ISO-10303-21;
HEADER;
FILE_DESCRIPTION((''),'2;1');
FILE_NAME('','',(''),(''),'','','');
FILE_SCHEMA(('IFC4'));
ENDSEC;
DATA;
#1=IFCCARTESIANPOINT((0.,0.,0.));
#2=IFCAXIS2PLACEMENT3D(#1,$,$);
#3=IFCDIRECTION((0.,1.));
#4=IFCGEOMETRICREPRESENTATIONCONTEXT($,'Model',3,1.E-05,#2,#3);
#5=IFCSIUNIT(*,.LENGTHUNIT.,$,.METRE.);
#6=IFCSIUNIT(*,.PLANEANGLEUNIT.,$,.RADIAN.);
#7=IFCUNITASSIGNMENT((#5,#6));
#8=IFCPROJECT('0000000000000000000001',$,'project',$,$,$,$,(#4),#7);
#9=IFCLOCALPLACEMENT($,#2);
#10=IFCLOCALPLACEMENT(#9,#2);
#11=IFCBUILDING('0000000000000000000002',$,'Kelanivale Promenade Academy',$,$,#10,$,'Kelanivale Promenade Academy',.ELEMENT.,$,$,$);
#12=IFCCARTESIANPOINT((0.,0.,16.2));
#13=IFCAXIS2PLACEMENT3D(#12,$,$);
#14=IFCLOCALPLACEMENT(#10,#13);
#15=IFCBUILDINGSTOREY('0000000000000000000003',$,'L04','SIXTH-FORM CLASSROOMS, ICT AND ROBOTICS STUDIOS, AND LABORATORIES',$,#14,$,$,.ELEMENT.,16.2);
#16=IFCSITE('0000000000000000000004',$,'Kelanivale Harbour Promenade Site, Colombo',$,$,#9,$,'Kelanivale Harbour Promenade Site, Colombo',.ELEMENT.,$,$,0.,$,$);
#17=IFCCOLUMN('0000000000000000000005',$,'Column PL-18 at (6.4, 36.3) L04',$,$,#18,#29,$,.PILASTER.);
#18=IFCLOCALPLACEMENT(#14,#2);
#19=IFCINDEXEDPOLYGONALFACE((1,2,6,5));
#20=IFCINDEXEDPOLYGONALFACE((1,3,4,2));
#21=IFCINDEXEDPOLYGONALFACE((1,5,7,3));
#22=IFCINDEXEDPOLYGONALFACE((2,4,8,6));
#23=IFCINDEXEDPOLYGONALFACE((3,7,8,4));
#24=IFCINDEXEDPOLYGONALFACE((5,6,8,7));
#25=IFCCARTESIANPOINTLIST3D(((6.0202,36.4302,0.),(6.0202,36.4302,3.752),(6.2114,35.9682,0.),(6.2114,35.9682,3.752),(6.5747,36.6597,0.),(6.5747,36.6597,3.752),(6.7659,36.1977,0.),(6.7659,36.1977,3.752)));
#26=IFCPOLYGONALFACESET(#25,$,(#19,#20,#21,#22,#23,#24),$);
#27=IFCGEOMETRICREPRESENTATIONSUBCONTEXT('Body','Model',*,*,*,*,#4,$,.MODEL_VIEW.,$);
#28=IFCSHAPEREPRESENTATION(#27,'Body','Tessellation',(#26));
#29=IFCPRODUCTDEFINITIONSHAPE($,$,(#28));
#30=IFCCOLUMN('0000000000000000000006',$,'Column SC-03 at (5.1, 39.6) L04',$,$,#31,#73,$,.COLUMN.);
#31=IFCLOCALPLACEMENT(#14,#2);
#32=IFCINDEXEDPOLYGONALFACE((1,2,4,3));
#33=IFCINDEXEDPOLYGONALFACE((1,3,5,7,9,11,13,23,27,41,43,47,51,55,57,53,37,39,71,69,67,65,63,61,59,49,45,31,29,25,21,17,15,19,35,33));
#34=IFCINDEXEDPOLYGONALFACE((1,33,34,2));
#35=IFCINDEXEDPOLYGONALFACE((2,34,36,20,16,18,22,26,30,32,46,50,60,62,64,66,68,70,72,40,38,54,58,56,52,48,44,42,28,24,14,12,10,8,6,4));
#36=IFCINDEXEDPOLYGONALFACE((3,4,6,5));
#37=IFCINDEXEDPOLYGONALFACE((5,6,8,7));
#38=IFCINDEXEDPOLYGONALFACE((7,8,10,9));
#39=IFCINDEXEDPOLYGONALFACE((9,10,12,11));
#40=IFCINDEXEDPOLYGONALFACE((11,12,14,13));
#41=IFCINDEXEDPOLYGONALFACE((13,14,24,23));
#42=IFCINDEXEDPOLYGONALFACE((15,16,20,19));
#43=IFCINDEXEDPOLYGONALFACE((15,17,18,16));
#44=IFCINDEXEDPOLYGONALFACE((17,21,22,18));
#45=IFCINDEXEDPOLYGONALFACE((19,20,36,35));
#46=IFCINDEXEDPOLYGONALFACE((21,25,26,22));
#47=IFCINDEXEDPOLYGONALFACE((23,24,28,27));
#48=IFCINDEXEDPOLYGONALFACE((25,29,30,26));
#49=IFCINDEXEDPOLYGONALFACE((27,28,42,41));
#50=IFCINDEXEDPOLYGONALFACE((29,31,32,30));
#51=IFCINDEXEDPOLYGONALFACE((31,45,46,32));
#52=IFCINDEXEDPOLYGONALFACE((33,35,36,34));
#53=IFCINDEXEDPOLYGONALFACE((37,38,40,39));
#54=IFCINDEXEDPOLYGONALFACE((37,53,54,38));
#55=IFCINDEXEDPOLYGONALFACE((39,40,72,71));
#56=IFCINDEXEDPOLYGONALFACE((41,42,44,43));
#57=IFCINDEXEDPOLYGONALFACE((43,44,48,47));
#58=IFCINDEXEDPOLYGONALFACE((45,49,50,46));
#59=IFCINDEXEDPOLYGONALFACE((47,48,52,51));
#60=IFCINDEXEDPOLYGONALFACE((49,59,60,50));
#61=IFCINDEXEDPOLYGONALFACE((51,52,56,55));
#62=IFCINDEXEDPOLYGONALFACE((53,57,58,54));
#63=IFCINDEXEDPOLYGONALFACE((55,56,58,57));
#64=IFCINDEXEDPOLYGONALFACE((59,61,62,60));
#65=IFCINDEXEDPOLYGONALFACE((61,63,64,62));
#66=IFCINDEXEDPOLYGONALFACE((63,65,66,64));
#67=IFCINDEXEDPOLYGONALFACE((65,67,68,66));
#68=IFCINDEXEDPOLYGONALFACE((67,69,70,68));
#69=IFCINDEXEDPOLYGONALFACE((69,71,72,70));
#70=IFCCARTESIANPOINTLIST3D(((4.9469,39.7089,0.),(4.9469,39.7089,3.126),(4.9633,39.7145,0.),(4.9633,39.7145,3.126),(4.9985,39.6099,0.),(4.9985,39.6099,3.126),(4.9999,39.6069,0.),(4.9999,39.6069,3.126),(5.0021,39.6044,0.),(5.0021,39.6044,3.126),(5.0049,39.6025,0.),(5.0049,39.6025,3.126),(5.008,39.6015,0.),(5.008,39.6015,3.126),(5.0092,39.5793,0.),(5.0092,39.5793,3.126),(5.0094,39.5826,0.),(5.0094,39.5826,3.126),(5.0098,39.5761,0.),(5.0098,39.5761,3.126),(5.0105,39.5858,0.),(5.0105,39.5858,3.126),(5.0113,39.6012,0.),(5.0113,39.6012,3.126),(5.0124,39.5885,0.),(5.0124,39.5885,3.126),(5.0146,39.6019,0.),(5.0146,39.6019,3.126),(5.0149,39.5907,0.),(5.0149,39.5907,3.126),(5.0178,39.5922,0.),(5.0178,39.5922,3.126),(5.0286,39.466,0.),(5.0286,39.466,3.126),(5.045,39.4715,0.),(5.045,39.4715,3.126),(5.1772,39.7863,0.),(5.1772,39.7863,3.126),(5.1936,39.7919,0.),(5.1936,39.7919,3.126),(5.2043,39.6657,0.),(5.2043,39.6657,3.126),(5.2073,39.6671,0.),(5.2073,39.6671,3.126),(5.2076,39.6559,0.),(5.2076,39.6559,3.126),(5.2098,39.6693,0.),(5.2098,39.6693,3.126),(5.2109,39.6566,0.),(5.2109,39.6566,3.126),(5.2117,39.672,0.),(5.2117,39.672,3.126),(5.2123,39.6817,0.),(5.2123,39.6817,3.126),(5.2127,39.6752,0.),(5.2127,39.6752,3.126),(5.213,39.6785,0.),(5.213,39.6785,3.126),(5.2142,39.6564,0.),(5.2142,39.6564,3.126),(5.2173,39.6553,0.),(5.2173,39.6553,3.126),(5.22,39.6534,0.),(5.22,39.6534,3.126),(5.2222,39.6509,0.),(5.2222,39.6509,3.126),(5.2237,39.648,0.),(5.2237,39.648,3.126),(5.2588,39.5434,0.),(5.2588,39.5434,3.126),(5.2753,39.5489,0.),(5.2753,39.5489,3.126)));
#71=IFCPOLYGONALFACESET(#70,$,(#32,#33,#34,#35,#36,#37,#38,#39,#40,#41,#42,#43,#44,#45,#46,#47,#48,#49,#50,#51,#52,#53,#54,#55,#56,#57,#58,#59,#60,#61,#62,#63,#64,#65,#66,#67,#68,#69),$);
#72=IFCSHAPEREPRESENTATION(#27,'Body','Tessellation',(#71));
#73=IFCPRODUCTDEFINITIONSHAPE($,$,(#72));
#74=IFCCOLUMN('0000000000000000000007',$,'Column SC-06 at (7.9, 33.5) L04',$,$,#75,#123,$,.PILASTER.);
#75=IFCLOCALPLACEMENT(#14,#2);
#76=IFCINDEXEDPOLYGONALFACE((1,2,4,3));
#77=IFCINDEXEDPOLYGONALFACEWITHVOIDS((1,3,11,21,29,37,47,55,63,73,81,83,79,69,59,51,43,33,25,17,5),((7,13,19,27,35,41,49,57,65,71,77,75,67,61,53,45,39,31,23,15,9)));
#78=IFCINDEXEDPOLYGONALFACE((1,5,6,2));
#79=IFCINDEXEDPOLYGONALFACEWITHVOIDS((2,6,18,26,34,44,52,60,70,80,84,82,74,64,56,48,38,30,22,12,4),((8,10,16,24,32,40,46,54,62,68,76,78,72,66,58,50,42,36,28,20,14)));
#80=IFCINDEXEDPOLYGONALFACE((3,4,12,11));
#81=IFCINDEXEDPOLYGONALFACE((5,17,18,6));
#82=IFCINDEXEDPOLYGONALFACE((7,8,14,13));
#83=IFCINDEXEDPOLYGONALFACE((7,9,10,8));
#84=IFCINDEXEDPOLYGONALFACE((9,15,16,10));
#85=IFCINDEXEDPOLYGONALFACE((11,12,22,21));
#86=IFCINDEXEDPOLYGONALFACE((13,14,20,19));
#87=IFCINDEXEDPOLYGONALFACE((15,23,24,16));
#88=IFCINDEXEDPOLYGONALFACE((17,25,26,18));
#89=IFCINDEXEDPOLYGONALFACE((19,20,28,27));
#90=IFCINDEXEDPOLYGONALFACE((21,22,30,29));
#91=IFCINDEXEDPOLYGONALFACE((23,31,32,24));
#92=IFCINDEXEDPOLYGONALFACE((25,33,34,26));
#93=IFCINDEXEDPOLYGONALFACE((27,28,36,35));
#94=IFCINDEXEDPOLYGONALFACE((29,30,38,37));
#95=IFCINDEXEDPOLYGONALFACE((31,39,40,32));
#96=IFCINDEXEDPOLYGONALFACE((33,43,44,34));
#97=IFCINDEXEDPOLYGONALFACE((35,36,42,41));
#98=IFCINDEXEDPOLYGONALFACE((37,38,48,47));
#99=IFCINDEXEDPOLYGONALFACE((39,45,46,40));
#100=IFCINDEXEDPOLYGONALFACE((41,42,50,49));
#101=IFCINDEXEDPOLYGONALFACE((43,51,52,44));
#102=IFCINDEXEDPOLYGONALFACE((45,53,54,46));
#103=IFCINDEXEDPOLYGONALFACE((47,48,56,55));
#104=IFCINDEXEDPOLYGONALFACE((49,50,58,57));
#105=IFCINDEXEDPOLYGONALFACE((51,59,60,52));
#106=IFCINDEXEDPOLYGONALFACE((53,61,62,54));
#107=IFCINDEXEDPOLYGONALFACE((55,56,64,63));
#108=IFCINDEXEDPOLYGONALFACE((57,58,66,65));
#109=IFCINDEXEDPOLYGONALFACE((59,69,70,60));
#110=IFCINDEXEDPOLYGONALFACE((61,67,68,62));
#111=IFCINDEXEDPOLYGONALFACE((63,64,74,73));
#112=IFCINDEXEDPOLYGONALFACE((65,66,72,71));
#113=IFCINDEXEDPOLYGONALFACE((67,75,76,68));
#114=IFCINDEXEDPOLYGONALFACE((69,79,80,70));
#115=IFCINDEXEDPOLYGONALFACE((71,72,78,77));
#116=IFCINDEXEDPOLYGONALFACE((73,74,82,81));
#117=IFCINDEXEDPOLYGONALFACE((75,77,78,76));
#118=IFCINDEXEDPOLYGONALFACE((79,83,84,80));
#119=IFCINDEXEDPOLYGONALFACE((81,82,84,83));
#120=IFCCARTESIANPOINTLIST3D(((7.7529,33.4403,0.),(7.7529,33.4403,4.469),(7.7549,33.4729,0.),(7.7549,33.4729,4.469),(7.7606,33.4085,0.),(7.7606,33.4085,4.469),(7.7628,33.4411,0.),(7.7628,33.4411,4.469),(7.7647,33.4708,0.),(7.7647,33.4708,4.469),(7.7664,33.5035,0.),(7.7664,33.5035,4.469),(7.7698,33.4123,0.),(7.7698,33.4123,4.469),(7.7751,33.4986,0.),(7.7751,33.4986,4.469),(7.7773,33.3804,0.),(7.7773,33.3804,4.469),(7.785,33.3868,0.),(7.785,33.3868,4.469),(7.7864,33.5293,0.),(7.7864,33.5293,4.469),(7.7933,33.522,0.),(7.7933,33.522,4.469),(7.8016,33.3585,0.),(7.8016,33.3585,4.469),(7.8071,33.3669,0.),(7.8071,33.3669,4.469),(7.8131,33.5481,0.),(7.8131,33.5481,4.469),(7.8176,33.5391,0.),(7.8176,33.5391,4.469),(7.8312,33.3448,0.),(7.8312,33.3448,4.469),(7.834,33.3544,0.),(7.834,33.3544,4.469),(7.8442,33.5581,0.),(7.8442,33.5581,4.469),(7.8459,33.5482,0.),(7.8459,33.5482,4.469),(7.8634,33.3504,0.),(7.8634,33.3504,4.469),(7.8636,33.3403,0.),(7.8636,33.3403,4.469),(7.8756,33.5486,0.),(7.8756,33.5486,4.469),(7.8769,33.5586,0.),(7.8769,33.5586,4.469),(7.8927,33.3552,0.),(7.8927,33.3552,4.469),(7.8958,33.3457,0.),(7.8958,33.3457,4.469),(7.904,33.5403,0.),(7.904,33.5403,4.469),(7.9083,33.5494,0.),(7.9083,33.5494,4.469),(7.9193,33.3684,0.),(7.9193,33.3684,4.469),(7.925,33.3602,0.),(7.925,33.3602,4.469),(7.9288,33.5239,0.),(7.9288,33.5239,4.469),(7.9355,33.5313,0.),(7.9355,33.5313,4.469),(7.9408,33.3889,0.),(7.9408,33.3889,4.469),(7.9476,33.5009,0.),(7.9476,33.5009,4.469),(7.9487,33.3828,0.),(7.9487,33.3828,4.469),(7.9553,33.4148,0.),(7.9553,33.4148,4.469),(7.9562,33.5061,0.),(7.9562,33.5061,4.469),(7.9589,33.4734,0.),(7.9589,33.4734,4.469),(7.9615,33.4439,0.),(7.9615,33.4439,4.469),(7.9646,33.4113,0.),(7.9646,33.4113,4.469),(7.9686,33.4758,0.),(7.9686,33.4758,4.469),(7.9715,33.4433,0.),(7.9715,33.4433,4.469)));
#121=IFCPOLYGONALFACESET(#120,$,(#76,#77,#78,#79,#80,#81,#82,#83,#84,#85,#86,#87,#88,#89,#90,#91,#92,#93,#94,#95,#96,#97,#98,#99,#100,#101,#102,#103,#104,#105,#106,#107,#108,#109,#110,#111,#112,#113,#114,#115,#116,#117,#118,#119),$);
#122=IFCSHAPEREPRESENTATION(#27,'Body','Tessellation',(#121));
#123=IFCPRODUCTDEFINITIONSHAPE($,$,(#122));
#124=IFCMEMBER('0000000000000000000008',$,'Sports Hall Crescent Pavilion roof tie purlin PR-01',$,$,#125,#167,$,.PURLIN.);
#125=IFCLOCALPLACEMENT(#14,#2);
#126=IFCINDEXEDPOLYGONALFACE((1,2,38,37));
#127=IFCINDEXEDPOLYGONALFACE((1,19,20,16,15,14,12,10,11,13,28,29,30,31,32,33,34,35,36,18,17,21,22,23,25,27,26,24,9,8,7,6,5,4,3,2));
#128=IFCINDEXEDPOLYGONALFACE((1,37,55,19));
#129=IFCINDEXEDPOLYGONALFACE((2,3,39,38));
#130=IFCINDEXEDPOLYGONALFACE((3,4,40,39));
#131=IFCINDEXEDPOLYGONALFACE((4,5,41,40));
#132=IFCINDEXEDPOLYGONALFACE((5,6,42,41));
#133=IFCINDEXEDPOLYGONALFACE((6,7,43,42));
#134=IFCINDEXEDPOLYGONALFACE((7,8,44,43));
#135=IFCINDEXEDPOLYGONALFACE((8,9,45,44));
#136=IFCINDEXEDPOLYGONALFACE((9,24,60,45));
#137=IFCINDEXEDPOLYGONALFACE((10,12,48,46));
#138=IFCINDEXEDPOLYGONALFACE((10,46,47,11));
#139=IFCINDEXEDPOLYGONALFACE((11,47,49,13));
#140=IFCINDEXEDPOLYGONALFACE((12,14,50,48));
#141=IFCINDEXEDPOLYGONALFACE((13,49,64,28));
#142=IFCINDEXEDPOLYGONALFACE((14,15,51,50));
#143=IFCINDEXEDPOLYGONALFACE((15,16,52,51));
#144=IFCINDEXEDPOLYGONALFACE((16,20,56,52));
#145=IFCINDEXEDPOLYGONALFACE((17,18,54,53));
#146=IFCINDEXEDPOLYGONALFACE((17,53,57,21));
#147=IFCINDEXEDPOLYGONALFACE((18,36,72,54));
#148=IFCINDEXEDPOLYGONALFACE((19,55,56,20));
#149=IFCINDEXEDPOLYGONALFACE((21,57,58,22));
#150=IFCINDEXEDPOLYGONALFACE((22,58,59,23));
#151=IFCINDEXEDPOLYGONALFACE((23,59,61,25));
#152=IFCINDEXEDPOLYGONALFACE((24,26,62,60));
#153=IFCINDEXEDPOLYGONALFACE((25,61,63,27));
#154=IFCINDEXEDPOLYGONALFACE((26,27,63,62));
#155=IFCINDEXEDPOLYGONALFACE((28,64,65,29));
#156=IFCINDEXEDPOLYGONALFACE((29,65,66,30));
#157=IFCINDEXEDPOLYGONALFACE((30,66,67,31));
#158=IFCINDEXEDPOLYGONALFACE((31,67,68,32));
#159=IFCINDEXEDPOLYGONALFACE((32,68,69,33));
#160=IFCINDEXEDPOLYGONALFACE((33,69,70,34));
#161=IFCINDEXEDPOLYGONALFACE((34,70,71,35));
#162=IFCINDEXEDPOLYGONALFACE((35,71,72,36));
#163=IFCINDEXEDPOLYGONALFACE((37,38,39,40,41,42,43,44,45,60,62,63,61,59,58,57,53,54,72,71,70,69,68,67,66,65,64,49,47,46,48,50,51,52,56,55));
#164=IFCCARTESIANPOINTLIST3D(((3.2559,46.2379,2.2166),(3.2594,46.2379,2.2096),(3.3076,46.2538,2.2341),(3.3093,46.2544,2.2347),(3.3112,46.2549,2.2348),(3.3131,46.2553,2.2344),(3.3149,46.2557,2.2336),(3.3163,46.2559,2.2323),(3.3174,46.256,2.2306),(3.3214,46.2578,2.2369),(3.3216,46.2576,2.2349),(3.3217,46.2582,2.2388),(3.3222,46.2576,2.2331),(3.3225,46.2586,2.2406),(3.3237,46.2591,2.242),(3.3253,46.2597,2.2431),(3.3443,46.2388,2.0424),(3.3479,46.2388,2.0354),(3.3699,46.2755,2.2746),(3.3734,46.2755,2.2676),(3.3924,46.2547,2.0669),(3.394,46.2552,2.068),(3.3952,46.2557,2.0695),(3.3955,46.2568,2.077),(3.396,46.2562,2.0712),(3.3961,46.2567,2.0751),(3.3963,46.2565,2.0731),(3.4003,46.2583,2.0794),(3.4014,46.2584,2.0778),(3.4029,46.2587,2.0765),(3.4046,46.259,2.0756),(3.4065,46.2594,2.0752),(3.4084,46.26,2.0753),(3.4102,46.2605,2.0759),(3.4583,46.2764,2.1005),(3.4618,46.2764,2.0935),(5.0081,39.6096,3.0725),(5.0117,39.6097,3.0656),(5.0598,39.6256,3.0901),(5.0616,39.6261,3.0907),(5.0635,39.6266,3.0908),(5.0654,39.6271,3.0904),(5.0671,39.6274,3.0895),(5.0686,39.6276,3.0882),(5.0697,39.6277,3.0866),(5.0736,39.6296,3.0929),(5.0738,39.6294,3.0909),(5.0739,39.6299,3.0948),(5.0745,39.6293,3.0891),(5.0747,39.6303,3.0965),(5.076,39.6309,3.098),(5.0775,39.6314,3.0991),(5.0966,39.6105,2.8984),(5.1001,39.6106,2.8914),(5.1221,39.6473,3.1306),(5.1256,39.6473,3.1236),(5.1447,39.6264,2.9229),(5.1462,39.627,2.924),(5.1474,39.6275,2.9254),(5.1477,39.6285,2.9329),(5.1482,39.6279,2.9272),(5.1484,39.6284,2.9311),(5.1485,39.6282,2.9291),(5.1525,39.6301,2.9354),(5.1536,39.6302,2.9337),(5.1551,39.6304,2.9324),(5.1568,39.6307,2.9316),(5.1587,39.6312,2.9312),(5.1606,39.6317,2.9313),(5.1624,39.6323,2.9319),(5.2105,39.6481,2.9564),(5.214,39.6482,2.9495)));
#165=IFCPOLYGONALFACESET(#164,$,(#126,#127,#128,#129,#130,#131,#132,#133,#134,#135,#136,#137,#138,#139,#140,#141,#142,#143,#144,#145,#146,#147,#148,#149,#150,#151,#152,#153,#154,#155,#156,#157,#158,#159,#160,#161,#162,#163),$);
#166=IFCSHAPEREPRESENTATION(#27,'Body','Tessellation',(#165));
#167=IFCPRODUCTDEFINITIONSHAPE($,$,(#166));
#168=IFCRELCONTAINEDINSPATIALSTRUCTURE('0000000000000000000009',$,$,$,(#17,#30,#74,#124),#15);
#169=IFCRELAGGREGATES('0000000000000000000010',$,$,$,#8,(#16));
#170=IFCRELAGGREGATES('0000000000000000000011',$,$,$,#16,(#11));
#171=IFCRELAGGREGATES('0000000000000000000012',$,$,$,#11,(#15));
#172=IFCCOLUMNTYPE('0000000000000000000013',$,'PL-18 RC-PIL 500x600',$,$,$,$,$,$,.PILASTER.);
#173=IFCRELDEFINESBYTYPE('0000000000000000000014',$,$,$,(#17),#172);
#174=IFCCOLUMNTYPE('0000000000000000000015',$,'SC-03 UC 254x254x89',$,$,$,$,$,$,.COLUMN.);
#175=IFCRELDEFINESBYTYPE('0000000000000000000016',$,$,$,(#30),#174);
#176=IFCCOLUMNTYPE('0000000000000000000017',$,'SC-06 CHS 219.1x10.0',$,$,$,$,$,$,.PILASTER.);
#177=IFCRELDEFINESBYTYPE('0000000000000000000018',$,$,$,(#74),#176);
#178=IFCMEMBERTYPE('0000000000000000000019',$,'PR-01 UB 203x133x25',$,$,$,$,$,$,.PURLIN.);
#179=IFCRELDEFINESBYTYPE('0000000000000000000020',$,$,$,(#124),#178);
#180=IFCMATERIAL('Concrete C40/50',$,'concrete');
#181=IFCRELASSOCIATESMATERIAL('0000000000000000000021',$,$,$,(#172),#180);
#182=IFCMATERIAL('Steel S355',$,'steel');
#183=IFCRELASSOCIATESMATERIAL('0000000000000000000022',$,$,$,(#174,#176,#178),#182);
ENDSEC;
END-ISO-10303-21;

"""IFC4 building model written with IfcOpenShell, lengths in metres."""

from ifc_helpers import new_model, si_unit, direction, frame, origin, origin_2d, place, context, subcontext, project, spatial, rectangle, hollow_circle, i_section, extrude, material, material_profile, profile_set, type_object, element, save


model = new_model("IFC4")

# Units and contexts
model_context = context("Model", 3, precision=1e-05, world=origin(), true_north=direction((0.0, 1.0)))
body_context = subcontext(model_context, "Body", "Model", "MODEL_VIEW")
ifc_project = project(units=[si_unit("LENGTHUNIT", "METRE"), si_unit("PLANEANGLEUNIT", "RADIAN")], contexts=[model_context])

# Site, building, storey
site_placement = place(None, origin())
site = spatial("IfcSite", under=ifc_project, at=site_placement, Name="Kelanivale Harbour Promenade Site, Colombo", LongName="Kelanivale Harbour Promenade Site, Colombo", CompositionType="ELEMENT", RefElevation=0.0)
building_placement = place(site_placement, origin())
building = spatial("IfcBuilding", under=site, at=building_placement, Name="Kelanivale Promenade Academy", LongName="Kelanivale Promenade Academy", CompositionType="ELEMENT")
storey_placement = place(building_placement, frame((0.0, 0.0, 16.2)))
storey = spatial("IfcBuildingStorey", under=building, at=storey_placement, Name="L04", Description="SIXTH-FORM CLASSROOMS, ICT AND ROBOTICS STUDIOS, AND LABORATORIES", CompositionType="ELEMENT", Elevation=16.2)

# Columns
ifc_material_1 = material(Name="Concrete C40/50", Category="concrete")
ifc_material_profile_1 = material_profile(ifc_material_1, rectangle(XDim=0.5, YDim=0.6001, at=origin_2d()), Name="RC-PIL 500x600")
ifc_profile_set_1 = profile_set([ifc_material_profile_1], Name="Concrete C40/50")
column_type_1 = type_object("IfcColumnType", Name="PL-18 RC-PIL 500x600", PredefinedType="PILASTER", material=ifc_profile_set_1)
column_1_placement = place(storey_placement, frame((6.3931, 36.314, 0.0), z_axis=(0.0, 0.0, 1.0), x_axis=(-0.382361, 0.924013, 0.0)))
element("IfcColumn", 1, at=column_1_placement, inside=storey, type_object=column_type_1, Name="Column PL-18 at (6.4, 36.3) L04", PredefinedType="PILASTER", context=body_context, shape_type="SweptSolid", body=[
    extrude(rectangle(XDim=0.5, YDim=0.6001, at=origin_2d()), origin(), (0.0, 0.0, 1.0), 3.752),
])
ifc_material_2 = material(Name="Steel S355", Category="steel")
ifc_material_profile_2 = material_profile(ifc_material_2, i_section(OverallWidth=0.2563, OverallDepth=0.2603, WebThickness=0.0103, FlangeThickness=0.0173, FilletRadius=0.0127, at=origin_2d()), Name="UC 254x254x89")
ifc_profile_set_2 = profile_set([ifc_material_profile_2], Name="Steel S355")
column_type_2 = type_object("IfcColumnType", Name="SC-03 UC 254x254x89", PredefinedType="COLUMN", material=ifc_profile_set_2)
column_2_placement = place(storey_placement, frame((5.1111, 39.6289, 0.0), z_axis=(0.0, 0.0, 1.0), x_axis=(-0.318628, 0.94788, 0.0)))
element("IfcColumn", 2, at=column_2_placement, inside=storey, type_object=column_type_2, Name="Column SC-03 at (5.1, 39.6) L04", PredefinedType="COLUMN", context=body_context, shape_type="SweptSolid", body=[
    extrude(i_section(OverallWidth=0.2563, OverallDepth=0.2603, WebThickness=0.0103, FlangeThickness=0.0173, FilletRadius=0.0127, at=origin_2d()), origin(), (0.0, 0.0, 1.0), 3.126),
])
ifc_material_profile_3 = material_profile(ifc_material_2, hollow_circle(Radius=0.1096, WallThickness=0.01, at=origin_2d()), Name="CHS 219.1x10.0")
ifc_profile_set_3 = profile_set([ifc_material_profile_3], Name="Steel S355")
column_type_3 = type_object("IfcColumnType", Name="SC-06 CHS 219.1x10.0", PredefinedType="PILASTER", material=ifc_profile_set_3)
column_3_placement = place(storey_placement, frame((7.8621, 33.45, 0.0), z_axis=(0.0, 0.0, 1.0), x_axis=(-0.446198, 0.894934, 0.0)))
element("IfcColumn", 3, at=column_3_placement, inside=storey, type_object=column_type_3, Name="Column SC-06 at (7.9, 33.5) L04", PredefinedType="PILASTER", context=body_context, shape_type="SweptSolid", body=[
    extrude(hollow_circle(Radius=0.1096, WallThickness=0.01, at=origin_2d()), origin(), (0.0, 0.0, 1.0), 4.469),
])

# Member
ifc_material_profile_4 = material_profile(ifc_material_2, i_section(OverallWidth=0.1333, OverallDepth=0.2031, WebThickness=0.0056, FlangeThickness=0.0078, FilletRadius=0.0076, at=origin_2d()), Name="UB 203x133x25")
ifc_profile_set_4 = profile_set([ifc_material_profile_4], Name="Steel S355")
member_type_1 = type_object("IfcMemberType", Name="PR-01 UB 203x133x25", PredefinedType="PURLIN", material=ifc_profile_set_4)
member_1_placement = place(storey_placement, frame((5.1111, 39.6289, 3.011), z_axis=(-0.253607, 0.959341, -0.123889), x_axis=(-0.854827, -0.282214, -0.435461)))
element("IfcMember", 4, at=member_1_placement, inside=storey, type_object=member_type_1, Name="Sports Hall Crescent Pavilion roof tie purlin PR-01", PredefinedType="PURLIN", context=body_context, shape_type="SweptSolid", body=[
    extrude(i_section(OverallWidth=0.1333, OverallDepth=0.2031, WebThickness=0.0056, FlangeThickness=0.0078, FilletRadius=0.0076, at=origin_2d()), origin(), (0.0, 0.0, 1.0), 6.9092),
])

save(model, "model.ifc")
